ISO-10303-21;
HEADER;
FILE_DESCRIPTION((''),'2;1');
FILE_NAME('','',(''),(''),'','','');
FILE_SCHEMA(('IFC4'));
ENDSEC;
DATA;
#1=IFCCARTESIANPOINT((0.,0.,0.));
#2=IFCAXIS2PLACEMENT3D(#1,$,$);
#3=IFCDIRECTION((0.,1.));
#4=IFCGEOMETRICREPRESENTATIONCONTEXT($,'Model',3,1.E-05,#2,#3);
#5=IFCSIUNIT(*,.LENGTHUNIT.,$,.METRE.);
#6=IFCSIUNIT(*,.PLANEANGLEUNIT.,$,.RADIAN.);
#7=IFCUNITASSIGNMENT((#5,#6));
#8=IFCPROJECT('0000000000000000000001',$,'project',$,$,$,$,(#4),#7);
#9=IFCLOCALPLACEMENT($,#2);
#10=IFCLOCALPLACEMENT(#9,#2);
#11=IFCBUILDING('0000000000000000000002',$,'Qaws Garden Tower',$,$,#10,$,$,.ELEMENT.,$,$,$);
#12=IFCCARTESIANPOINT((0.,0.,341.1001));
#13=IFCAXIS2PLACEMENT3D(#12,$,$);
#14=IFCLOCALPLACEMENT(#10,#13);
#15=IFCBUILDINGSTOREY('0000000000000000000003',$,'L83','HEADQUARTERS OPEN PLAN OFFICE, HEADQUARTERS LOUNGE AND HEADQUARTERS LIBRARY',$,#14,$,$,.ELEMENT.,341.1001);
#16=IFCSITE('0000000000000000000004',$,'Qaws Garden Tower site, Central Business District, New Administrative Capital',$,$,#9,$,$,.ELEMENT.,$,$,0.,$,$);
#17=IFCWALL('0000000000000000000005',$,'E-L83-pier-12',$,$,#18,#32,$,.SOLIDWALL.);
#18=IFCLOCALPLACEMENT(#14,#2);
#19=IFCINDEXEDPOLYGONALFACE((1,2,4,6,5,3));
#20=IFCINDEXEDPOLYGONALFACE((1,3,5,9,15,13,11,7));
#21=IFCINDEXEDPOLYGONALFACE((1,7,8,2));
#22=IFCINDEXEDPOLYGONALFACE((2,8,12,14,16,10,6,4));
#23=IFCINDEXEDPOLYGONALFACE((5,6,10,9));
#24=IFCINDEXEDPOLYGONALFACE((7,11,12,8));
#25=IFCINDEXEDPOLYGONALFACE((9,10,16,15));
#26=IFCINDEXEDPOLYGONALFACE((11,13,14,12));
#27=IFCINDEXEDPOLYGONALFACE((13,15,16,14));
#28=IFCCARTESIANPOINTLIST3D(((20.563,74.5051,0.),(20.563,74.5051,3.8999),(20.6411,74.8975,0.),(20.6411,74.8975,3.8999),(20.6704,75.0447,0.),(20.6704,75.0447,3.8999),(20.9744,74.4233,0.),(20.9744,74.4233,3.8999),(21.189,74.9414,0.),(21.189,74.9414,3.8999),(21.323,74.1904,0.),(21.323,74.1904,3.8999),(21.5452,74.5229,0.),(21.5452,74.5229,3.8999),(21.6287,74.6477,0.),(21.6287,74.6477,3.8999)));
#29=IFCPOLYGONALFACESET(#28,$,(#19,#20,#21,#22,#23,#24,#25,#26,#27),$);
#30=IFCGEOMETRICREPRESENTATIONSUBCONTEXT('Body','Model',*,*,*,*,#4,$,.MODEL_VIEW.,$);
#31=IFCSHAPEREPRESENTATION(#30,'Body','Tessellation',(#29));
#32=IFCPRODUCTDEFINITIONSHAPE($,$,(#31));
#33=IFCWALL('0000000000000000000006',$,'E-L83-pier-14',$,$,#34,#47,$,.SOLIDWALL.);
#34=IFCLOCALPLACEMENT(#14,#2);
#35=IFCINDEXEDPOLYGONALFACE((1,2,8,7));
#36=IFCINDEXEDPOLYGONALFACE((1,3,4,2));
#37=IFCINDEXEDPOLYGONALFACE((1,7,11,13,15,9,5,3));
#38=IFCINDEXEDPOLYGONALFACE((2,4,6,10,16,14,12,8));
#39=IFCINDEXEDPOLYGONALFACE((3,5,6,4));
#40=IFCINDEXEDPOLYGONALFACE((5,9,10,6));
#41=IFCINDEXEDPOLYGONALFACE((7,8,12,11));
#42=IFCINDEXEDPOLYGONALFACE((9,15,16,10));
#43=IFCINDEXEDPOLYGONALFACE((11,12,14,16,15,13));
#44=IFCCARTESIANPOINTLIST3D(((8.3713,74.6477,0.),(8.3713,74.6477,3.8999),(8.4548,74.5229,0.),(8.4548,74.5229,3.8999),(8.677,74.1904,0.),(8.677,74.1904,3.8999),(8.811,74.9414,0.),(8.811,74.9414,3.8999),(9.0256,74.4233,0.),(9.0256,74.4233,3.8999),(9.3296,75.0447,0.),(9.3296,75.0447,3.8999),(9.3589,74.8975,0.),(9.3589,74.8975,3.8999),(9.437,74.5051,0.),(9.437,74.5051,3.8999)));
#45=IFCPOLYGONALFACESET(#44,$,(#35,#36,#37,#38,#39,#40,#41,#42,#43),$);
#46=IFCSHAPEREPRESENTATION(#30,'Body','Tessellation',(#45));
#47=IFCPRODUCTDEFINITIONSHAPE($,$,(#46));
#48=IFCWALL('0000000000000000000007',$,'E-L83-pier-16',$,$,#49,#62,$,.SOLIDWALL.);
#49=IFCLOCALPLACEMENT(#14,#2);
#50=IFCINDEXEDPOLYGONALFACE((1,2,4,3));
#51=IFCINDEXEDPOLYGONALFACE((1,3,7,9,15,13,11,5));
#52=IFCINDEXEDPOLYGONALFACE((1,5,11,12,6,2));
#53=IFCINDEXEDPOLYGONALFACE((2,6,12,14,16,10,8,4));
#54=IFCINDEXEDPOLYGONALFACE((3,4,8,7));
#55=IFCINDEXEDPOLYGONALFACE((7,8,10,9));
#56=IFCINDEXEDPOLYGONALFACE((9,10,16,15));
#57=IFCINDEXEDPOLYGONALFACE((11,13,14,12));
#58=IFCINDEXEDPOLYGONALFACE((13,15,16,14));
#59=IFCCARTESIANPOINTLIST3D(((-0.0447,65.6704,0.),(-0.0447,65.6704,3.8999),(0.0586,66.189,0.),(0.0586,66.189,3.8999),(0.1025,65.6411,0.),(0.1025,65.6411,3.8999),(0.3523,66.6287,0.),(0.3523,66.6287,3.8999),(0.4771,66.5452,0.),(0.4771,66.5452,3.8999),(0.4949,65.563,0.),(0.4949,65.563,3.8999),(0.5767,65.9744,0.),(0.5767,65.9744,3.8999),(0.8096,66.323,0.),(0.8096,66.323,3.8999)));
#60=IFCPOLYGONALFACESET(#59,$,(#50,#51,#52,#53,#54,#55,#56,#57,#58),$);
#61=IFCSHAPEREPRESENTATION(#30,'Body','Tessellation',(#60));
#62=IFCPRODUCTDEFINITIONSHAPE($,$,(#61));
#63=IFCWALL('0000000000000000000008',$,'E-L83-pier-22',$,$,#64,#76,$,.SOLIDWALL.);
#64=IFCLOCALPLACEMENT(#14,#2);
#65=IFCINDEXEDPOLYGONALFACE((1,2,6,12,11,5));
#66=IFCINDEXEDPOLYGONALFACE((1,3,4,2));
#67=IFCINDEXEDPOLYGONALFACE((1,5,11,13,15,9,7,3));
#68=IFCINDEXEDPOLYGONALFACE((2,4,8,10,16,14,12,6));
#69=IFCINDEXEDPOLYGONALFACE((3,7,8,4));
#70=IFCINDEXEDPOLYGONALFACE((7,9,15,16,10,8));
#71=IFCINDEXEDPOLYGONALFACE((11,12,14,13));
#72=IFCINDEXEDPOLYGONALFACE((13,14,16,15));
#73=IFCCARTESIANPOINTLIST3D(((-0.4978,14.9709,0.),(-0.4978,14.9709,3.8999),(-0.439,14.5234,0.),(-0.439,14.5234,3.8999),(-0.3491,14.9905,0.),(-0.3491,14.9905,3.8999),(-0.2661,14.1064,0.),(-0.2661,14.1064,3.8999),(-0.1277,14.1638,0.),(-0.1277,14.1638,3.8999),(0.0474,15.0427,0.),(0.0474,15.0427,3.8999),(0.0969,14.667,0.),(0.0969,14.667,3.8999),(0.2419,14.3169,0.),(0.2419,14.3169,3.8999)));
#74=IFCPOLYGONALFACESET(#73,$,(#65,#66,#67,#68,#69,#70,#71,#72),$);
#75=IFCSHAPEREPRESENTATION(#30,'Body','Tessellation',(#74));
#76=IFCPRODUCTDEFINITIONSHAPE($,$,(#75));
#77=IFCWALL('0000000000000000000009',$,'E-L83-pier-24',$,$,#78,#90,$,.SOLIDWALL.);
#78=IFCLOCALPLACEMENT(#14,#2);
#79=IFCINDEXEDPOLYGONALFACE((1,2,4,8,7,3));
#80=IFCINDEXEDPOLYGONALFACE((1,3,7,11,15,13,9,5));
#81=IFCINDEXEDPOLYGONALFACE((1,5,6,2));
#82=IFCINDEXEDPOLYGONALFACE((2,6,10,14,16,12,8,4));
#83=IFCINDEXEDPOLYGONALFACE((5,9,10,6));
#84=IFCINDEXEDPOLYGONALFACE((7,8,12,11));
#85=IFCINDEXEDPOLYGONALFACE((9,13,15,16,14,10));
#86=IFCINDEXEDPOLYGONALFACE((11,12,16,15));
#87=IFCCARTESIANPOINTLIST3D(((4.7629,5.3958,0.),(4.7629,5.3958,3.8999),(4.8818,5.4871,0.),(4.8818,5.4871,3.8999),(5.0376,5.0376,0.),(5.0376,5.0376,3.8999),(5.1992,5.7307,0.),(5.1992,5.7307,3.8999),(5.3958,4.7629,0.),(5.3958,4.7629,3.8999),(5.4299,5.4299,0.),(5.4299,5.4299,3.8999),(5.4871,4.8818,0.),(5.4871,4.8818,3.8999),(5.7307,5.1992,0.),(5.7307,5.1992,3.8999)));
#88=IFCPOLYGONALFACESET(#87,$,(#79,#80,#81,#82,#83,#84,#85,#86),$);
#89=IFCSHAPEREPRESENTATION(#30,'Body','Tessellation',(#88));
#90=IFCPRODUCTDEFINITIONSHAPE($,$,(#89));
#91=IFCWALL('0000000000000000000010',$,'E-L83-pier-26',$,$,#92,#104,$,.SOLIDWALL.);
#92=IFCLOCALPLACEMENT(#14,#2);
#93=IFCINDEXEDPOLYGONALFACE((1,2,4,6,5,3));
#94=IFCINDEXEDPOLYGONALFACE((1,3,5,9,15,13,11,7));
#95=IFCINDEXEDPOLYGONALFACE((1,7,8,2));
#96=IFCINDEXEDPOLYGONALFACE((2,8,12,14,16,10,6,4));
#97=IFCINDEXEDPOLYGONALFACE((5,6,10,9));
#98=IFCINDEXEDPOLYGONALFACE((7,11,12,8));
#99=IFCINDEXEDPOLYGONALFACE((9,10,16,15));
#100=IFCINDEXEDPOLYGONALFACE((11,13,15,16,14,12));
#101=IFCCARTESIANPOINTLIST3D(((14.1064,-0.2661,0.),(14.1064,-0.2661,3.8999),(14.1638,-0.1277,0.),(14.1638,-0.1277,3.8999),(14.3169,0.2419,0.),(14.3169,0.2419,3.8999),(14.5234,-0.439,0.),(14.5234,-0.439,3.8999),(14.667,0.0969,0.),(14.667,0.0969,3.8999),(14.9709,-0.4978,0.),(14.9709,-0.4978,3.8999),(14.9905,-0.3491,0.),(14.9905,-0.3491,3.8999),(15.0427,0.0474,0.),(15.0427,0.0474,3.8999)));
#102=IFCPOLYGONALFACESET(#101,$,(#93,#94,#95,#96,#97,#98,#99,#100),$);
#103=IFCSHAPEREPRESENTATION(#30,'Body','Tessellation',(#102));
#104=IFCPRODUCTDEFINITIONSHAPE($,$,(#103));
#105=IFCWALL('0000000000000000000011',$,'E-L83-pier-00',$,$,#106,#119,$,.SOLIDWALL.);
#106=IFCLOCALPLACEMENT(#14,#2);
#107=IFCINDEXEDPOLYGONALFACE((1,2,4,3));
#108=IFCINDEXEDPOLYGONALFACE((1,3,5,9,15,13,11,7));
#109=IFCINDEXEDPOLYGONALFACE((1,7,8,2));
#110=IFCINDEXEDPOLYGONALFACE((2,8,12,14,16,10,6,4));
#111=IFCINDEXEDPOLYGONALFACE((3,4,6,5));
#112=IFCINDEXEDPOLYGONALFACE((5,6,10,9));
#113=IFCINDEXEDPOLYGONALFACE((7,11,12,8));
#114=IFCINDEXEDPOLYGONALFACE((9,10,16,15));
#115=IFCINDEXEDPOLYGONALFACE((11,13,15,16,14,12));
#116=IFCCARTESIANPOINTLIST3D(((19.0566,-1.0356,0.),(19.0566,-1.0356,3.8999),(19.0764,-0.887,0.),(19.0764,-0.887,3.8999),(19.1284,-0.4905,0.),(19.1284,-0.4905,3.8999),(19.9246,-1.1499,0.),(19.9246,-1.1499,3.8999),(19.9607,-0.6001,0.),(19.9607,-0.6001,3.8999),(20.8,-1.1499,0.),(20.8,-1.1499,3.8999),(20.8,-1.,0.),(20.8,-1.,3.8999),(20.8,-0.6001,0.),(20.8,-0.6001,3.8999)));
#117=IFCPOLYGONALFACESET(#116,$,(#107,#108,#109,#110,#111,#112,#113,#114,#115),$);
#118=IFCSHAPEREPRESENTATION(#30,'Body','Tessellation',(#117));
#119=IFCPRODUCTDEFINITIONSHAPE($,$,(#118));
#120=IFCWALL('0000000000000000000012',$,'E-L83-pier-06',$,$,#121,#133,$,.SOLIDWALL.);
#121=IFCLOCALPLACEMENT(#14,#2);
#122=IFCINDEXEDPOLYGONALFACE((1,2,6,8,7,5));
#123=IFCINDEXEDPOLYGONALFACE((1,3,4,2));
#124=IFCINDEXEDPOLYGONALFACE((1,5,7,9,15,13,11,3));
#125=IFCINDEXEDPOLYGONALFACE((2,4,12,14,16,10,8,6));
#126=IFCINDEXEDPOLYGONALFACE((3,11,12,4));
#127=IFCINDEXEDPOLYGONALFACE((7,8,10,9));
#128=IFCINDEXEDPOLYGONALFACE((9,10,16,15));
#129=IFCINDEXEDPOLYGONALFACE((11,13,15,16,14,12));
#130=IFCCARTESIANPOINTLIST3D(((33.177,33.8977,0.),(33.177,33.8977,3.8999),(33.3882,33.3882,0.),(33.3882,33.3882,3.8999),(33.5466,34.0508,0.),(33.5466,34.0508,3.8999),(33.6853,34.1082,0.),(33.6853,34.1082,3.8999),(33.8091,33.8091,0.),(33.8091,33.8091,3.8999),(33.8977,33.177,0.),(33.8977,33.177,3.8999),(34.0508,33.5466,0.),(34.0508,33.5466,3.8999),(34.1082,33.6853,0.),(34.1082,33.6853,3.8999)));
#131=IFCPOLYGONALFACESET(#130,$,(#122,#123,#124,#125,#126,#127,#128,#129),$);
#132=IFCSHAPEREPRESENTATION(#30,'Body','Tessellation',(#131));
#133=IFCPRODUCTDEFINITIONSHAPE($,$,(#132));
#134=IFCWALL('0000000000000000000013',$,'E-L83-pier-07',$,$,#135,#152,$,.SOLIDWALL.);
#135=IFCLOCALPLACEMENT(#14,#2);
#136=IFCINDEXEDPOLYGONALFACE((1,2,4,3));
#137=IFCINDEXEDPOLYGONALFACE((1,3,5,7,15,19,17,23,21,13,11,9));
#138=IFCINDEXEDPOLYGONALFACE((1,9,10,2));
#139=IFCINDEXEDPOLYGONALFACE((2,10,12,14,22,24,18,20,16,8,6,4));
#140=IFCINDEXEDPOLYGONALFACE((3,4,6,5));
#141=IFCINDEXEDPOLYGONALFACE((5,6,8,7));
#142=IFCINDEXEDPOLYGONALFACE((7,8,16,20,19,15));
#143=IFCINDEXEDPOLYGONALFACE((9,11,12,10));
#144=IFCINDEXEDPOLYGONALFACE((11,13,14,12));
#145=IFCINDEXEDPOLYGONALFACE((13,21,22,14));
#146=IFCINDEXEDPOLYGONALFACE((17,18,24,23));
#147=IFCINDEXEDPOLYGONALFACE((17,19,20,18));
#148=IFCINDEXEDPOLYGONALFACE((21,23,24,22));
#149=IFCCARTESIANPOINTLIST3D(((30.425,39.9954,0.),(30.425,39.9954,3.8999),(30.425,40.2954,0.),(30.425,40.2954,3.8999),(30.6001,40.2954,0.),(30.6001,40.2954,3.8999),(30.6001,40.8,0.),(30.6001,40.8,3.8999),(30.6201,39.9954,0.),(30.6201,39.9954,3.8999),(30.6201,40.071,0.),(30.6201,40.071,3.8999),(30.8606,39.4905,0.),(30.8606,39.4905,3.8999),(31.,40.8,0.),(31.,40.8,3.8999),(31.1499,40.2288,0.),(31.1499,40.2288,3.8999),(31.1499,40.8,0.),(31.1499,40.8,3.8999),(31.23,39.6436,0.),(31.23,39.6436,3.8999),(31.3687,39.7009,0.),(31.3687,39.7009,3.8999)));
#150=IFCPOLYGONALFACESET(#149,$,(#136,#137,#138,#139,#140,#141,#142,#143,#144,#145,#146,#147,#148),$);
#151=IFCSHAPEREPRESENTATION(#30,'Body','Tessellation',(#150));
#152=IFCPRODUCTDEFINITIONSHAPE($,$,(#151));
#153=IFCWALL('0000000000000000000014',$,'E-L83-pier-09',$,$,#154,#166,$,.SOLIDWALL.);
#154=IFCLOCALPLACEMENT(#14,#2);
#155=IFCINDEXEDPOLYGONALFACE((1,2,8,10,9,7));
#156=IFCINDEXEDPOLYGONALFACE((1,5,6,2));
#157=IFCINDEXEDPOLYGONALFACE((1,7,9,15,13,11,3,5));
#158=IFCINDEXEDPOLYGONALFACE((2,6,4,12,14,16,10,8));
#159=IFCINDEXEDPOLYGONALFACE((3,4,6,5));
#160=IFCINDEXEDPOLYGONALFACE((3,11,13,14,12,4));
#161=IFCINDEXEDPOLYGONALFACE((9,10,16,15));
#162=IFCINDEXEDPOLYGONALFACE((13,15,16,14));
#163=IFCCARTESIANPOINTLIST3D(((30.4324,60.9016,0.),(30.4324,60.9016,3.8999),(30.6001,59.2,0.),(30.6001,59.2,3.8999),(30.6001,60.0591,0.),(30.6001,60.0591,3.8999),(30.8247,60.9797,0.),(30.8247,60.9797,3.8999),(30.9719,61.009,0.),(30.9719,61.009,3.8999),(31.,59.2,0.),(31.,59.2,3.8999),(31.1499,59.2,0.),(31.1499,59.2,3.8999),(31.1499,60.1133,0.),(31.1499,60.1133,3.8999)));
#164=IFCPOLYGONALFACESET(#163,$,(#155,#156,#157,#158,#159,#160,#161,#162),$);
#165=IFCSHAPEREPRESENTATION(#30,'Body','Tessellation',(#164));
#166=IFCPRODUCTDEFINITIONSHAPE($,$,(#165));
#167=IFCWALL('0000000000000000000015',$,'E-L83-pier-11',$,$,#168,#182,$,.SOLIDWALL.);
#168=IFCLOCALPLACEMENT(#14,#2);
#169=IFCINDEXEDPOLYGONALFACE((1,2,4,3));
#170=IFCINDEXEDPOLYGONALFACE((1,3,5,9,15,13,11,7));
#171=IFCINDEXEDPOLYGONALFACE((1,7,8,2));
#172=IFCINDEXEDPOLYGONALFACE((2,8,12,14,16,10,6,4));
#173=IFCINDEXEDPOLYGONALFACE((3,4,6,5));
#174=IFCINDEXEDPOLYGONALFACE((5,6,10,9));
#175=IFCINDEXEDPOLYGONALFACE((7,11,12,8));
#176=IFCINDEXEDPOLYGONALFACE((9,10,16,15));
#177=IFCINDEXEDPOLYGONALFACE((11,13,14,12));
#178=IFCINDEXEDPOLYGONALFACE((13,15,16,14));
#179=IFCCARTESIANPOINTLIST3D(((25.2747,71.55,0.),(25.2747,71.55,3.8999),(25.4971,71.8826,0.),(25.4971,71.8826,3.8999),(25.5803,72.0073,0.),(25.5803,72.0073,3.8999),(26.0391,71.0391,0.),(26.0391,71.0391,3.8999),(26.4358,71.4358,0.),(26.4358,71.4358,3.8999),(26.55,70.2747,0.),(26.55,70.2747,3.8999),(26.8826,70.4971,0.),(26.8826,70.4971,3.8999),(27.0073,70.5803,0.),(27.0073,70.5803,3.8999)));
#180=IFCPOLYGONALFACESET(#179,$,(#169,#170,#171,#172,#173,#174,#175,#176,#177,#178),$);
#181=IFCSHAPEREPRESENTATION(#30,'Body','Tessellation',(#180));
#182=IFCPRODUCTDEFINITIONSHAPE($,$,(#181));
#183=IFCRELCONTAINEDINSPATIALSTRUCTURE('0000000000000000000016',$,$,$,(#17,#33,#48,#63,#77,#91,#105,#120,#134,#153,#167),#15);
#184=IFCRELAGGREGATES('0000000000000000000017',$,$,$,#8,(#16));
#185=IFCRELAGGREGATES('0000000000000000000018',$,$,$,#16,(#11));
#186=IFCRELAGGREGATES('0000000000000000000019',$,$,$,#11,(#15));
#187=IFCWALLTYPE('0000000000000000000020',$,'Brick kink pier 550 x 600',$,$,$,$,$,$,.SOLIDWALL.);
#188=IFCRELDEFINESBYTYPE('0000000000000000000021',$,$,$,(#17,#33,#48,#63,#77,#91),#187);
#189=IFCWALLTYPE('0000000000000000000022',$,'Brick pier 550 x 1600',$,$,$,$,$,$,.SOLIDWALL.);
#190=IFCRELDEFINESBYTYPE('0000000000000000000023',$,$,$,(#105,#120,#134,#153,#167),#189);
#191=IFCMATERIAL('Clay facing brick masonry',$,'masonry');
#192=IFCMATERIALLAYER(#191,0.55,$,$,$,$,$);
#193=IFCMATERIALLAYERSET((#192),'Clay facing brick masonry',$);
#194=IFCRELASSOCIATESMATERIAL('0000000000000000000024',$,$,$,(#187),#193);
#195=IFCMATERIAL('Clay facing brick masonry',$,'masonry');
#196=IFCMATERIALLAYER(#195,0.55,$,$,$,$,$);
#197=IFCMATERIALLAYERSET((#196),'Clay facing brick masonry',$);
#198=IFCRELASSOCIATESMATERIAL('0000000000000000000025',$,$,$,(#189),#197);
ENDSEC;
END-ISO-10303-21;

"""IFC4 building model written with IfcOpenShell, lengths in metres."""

from ifc_helpers import new_model, si_unit, direction, frame, origin, place, context, subcontext, project, spatial, polyline, outline, extrude, material, layer, layer_set, type_object, element, save


model = new_model("IFC4")

# Units and contexts
model_context = context("Model", 3, precision=1e-05, world=origin(), true_north=direction((0.0, 1.0)))
body_context = subcontext(model_context, "Body", "Model", "MODEL_VIEW")
ifc_project = project(units=[si_unit("LENGTHUNIT", "METRE"), si_unit("PLANEANGLEUNIT", "RADIAN")], contexts=[model_context])

# Site, building, storey
site_placement = place(None, origin())
site = spatial("IfcSite", under=ifc_project, at=site_placement, Name="Qaws Garden Tower site, Central Business District, New Administrative Capital", CompositionType="ELEMENT", RefElevation=0.0)
building_placement = place(site_placement, origin())
building = spatial("IfcBuilding", under=site, at=building_placement, Name="Qaws Garden Tower", CompositionType="ELEMENT")
storey_placement = place(building_placement, frame((0.0, 0.0, 341.1001)))
storey = spatial("IfcBuildingStorey", under=building, at=storey_placement, Name="L83", Description="HEADQUARTERS OPEN PLAN OFFICE, HEADQUARTERS LOUNGE AND HEADQUARTERS LIBRARY", CompositionType="ELEMENT", Elevation=341.1001)

# Walls
placement = place(storey_placement, origin())
ifc_material_1 = material(Name="Clay facing brick masonry", Category="masonry")
ifc_layer_1 = layer(ifc_material_1, 0.55)
ifc_layer_set_1 = layer_set([ifc_layer_1], Name="Clay facing brick masonry")
wall_type_1 = type_object("IfcWallType", Name="Brick kink pier 550 x 600", PredefinedType="SOLIDWALL", material=ifc_layer_set_1)
element("IfcWall", 1, at=placement, inside=storey, type_object=wall_type_1, Name="E-L83-pier-12", PredefinedType="SOLIDWALL", context=body_context, shape_type="SweptSolid", body=[
    extrude(outline(polyline([(21.5452, 74.5229), (21.6287, 74.6477), (21.189, 74.9414), (20.6704, 75.0447), (20.6411, 74.8975), (20.563, 74.5051), (20.9744, 74.4233), (21.323, 74.1904), (21.5452, 74.5229)])), origin(), (0.0, 0.0, 1.0), 3.8999),
])
element("IfcWall", 2, at=placement, inside=storey, type_object=wall_type_1, Name="E-L83-pier-14", PredefinedType="SOLIDWALL", context=body_context, shape_type="SweptSolid", body=[
    extrude(outline(polyline([(9.3589, 74.8975), (9.3296, 75.0447), (8.811, 74.9414), (8.3713, 74.6477), (8.4548, 74.5229), (8.677, 74.1904), (9.0256, 74.4233), (9.437, 74.5051), (9.3589, 74.8975)])), origin(), (0.0, 0.0, 1.0), 3.8999),
])
element("IfcWall", 3, at=placement, inside=storey, type_object=wall_type_1, Name="E-L83-pier-16", PredefinedType="SOLIDWALL", context=body_context, shape_type="SweptSolid", body=[
    extrude(outline(polyline([(0.4771, 66.5452), (0.3523, 66.6287), (0.0586, 66.189), (-0.0447, 65.6704), (0.1025, 65.6411), (0.4949, 65.563), (0.5767, 65.9744), (0.8096, 66.323), (0.4771, 66.5452)])), origin(), (0.0, 0.0, 1.0), 3.8999),
])
element("IfcWall", 4, at=placement, inside=storey, type_object=wall_type_1, Name="E-L83-pier-22", PredefinedType="SOLIDWALL", context=body_context, shape_type="SweptSolid", body=[
    extrude(outline(polyline([(-0.3491, 14.9905), (-0.4978, 14.9709), (-0.439, 14.5234), (-0.2661, 14.1064), (-0.1277, 14.1638), (0.2419, 14.3169), (0.0969, 14.667), (0.0474, 15.0427), (-0.3491, 14.9905)])), origin(), (0.0, 0.0, 1.0), 3.8999),
])
element("IfcWall", 5, at=placement, inside=storey, type_object=wall_type_1, Name="E-L83-pier-24", PredefinedType="SOLIDWALL", context=body_context, shape_type="SweptSolid", body=[
    extrude(outline(polyline([(4.8818, 5.4871), (4.7629, 5.3958), (5.0376, 5.0376), (5.3958, 4.7629), (5.4871, 4.8818), (5.7307, 5.1992), (5.4299, 5.4299), (5.1992, 5.7307), (4.8818, 5.4871)])), origin(), (0.0, 0.0, 1.0), 3.8999),
])
element("IfcWall", 6, at=placement, inside=storey, type_object=wall_type_1, Name="E-L83-pier-26", PredefinedType="SOLIDWALL", context=body_context, shape_type="SweptSolid", body=[
    extrude(outline(polyline([(14.1638, -0.1277), (14.1064, -0.2661), (14.5234, -0.439), (14.9709, -0.4978), (14.9905, -0.3491), (15.0427, 0.0474), (14.667, 0.0969), (14.3169, 0.2419), (14.1638, -0.1277)])), origin(), (0.0, 0.0, 1.0), 3.8999),
])
ifc_material_2 = material(Name="Clay facing brick masonry", Category="masonry")
ifc_layer_2 = layer(ifc_material_2, 0.55)
ifc_layer_set_2 = layer_set([ifc_layer_2], Name="Clay facing brick masonry")
wall_type_2 = type_object("IfcWallType", Name="Brick pier 550 x 1600", PredefinedType="SOLIDWALL", material=ifc_layer_set_2)
element("IfcWall", 7, at=placement, inside=storey, type_object=wall_type_2, Name="E-L83-pier-00", PredefinedType="SOLIDWALL", context=body_context, shape_type="SweptSolid", body=[
    extrude(outline(polyline([(19.0764, -0.887), (19.0566, -1.0356), (19.9246, -1.1499), (20.8, -1.1499), (20.8, -1.0), (20.8, -0.6001), (19.9607, -0.6001), (19.1284, -0.4905), (19.0764, -0.887)])), origin(), (0.0, 0.0, 1.0), 3.8999),
])
element("IfcWall", 8, at=placement, inside=storey, type_object=wall_type_2, Name="E-L83-pier-06", PredefinedType="SOLIDWALL", context=body_context, shape_type="SweptSolid", body=[
    extrude(outline(polyline([(34.0508, 33.5466), (34.1082, 33.6853), (33.8091, 33.8091), (33.6853, 34.1082), (33.5466, 34.0508), (33.177, 33.8977), (33.3882, 33.3882), (33.8977, 33.177), (34.0508, 33.5466)])), origin(), (0.0, 0.0, 1.0), 3.8999),
])
element("IfcWall", 9, at=placement, inside=storey, type_object=wall_type_2, Name="E-L83-pier-07", PredefinedType="SOLIDWALL", context=body_context, shape_type="SweptSolid", body=[
    extrude(outline(polyline([(30.6201, 39.9954), (30.6201, 40.071), (30.8606, 39.4905), (31.23, 39.6436), (31.3687, 39.7009), (31.1499, 40.2288), (31.1499, 40.8), (31.0, 40.8), (30.6001, 40.8), (30.6001, 40.2954), (30.425, 40.2954), (30.425, 39.9954), (30.6201, 39.9954)])), origin(), (0.0, 0.0, 1.0), 3.8999),
])
element("IfcWall", 10, at=placement, inside=storey, type_object=wall_type_2, Name="E-L83-pier-09", PredefinedType="SOLIDWALL", context=body_context, shape_type="SweptSolid", body=[
    extrude(outline(polyline([(31.0, 59.2), (31.1499, 59.2), (31.1499, 60.1133), (30.9719, 61.009), (30.8247, 60.9797), (30.4324, 60.9016), (30.6001, 60.0591), (30.6001, 59.2), (31.0, 59.2)])), origin(), (0.0, 0.0, 1.0), 3.8999),
])
element("IfcWall", 11, at=placement, inside=storey, type_object=wall_type_2, Name="E-L83-pier-11", PredefinedType="SOLIDWALL", context=body_context, shape_type="SweptSolid", body=[
    extrude(outline(polyline([(26.8826, 70.4971), (27.0073, 70.5803), (26.4358, 71.4358), (25.5803, 72.0073), (25.4971, 71.8826), (25.2747, 71.55), (26.0391, 71.0391), (26.55, 70.2747), (26.8826, 70.4971)])), origin(), (0.0, 0.0, 1.0), 3.8999),
])

save(model, "model.ifc")
